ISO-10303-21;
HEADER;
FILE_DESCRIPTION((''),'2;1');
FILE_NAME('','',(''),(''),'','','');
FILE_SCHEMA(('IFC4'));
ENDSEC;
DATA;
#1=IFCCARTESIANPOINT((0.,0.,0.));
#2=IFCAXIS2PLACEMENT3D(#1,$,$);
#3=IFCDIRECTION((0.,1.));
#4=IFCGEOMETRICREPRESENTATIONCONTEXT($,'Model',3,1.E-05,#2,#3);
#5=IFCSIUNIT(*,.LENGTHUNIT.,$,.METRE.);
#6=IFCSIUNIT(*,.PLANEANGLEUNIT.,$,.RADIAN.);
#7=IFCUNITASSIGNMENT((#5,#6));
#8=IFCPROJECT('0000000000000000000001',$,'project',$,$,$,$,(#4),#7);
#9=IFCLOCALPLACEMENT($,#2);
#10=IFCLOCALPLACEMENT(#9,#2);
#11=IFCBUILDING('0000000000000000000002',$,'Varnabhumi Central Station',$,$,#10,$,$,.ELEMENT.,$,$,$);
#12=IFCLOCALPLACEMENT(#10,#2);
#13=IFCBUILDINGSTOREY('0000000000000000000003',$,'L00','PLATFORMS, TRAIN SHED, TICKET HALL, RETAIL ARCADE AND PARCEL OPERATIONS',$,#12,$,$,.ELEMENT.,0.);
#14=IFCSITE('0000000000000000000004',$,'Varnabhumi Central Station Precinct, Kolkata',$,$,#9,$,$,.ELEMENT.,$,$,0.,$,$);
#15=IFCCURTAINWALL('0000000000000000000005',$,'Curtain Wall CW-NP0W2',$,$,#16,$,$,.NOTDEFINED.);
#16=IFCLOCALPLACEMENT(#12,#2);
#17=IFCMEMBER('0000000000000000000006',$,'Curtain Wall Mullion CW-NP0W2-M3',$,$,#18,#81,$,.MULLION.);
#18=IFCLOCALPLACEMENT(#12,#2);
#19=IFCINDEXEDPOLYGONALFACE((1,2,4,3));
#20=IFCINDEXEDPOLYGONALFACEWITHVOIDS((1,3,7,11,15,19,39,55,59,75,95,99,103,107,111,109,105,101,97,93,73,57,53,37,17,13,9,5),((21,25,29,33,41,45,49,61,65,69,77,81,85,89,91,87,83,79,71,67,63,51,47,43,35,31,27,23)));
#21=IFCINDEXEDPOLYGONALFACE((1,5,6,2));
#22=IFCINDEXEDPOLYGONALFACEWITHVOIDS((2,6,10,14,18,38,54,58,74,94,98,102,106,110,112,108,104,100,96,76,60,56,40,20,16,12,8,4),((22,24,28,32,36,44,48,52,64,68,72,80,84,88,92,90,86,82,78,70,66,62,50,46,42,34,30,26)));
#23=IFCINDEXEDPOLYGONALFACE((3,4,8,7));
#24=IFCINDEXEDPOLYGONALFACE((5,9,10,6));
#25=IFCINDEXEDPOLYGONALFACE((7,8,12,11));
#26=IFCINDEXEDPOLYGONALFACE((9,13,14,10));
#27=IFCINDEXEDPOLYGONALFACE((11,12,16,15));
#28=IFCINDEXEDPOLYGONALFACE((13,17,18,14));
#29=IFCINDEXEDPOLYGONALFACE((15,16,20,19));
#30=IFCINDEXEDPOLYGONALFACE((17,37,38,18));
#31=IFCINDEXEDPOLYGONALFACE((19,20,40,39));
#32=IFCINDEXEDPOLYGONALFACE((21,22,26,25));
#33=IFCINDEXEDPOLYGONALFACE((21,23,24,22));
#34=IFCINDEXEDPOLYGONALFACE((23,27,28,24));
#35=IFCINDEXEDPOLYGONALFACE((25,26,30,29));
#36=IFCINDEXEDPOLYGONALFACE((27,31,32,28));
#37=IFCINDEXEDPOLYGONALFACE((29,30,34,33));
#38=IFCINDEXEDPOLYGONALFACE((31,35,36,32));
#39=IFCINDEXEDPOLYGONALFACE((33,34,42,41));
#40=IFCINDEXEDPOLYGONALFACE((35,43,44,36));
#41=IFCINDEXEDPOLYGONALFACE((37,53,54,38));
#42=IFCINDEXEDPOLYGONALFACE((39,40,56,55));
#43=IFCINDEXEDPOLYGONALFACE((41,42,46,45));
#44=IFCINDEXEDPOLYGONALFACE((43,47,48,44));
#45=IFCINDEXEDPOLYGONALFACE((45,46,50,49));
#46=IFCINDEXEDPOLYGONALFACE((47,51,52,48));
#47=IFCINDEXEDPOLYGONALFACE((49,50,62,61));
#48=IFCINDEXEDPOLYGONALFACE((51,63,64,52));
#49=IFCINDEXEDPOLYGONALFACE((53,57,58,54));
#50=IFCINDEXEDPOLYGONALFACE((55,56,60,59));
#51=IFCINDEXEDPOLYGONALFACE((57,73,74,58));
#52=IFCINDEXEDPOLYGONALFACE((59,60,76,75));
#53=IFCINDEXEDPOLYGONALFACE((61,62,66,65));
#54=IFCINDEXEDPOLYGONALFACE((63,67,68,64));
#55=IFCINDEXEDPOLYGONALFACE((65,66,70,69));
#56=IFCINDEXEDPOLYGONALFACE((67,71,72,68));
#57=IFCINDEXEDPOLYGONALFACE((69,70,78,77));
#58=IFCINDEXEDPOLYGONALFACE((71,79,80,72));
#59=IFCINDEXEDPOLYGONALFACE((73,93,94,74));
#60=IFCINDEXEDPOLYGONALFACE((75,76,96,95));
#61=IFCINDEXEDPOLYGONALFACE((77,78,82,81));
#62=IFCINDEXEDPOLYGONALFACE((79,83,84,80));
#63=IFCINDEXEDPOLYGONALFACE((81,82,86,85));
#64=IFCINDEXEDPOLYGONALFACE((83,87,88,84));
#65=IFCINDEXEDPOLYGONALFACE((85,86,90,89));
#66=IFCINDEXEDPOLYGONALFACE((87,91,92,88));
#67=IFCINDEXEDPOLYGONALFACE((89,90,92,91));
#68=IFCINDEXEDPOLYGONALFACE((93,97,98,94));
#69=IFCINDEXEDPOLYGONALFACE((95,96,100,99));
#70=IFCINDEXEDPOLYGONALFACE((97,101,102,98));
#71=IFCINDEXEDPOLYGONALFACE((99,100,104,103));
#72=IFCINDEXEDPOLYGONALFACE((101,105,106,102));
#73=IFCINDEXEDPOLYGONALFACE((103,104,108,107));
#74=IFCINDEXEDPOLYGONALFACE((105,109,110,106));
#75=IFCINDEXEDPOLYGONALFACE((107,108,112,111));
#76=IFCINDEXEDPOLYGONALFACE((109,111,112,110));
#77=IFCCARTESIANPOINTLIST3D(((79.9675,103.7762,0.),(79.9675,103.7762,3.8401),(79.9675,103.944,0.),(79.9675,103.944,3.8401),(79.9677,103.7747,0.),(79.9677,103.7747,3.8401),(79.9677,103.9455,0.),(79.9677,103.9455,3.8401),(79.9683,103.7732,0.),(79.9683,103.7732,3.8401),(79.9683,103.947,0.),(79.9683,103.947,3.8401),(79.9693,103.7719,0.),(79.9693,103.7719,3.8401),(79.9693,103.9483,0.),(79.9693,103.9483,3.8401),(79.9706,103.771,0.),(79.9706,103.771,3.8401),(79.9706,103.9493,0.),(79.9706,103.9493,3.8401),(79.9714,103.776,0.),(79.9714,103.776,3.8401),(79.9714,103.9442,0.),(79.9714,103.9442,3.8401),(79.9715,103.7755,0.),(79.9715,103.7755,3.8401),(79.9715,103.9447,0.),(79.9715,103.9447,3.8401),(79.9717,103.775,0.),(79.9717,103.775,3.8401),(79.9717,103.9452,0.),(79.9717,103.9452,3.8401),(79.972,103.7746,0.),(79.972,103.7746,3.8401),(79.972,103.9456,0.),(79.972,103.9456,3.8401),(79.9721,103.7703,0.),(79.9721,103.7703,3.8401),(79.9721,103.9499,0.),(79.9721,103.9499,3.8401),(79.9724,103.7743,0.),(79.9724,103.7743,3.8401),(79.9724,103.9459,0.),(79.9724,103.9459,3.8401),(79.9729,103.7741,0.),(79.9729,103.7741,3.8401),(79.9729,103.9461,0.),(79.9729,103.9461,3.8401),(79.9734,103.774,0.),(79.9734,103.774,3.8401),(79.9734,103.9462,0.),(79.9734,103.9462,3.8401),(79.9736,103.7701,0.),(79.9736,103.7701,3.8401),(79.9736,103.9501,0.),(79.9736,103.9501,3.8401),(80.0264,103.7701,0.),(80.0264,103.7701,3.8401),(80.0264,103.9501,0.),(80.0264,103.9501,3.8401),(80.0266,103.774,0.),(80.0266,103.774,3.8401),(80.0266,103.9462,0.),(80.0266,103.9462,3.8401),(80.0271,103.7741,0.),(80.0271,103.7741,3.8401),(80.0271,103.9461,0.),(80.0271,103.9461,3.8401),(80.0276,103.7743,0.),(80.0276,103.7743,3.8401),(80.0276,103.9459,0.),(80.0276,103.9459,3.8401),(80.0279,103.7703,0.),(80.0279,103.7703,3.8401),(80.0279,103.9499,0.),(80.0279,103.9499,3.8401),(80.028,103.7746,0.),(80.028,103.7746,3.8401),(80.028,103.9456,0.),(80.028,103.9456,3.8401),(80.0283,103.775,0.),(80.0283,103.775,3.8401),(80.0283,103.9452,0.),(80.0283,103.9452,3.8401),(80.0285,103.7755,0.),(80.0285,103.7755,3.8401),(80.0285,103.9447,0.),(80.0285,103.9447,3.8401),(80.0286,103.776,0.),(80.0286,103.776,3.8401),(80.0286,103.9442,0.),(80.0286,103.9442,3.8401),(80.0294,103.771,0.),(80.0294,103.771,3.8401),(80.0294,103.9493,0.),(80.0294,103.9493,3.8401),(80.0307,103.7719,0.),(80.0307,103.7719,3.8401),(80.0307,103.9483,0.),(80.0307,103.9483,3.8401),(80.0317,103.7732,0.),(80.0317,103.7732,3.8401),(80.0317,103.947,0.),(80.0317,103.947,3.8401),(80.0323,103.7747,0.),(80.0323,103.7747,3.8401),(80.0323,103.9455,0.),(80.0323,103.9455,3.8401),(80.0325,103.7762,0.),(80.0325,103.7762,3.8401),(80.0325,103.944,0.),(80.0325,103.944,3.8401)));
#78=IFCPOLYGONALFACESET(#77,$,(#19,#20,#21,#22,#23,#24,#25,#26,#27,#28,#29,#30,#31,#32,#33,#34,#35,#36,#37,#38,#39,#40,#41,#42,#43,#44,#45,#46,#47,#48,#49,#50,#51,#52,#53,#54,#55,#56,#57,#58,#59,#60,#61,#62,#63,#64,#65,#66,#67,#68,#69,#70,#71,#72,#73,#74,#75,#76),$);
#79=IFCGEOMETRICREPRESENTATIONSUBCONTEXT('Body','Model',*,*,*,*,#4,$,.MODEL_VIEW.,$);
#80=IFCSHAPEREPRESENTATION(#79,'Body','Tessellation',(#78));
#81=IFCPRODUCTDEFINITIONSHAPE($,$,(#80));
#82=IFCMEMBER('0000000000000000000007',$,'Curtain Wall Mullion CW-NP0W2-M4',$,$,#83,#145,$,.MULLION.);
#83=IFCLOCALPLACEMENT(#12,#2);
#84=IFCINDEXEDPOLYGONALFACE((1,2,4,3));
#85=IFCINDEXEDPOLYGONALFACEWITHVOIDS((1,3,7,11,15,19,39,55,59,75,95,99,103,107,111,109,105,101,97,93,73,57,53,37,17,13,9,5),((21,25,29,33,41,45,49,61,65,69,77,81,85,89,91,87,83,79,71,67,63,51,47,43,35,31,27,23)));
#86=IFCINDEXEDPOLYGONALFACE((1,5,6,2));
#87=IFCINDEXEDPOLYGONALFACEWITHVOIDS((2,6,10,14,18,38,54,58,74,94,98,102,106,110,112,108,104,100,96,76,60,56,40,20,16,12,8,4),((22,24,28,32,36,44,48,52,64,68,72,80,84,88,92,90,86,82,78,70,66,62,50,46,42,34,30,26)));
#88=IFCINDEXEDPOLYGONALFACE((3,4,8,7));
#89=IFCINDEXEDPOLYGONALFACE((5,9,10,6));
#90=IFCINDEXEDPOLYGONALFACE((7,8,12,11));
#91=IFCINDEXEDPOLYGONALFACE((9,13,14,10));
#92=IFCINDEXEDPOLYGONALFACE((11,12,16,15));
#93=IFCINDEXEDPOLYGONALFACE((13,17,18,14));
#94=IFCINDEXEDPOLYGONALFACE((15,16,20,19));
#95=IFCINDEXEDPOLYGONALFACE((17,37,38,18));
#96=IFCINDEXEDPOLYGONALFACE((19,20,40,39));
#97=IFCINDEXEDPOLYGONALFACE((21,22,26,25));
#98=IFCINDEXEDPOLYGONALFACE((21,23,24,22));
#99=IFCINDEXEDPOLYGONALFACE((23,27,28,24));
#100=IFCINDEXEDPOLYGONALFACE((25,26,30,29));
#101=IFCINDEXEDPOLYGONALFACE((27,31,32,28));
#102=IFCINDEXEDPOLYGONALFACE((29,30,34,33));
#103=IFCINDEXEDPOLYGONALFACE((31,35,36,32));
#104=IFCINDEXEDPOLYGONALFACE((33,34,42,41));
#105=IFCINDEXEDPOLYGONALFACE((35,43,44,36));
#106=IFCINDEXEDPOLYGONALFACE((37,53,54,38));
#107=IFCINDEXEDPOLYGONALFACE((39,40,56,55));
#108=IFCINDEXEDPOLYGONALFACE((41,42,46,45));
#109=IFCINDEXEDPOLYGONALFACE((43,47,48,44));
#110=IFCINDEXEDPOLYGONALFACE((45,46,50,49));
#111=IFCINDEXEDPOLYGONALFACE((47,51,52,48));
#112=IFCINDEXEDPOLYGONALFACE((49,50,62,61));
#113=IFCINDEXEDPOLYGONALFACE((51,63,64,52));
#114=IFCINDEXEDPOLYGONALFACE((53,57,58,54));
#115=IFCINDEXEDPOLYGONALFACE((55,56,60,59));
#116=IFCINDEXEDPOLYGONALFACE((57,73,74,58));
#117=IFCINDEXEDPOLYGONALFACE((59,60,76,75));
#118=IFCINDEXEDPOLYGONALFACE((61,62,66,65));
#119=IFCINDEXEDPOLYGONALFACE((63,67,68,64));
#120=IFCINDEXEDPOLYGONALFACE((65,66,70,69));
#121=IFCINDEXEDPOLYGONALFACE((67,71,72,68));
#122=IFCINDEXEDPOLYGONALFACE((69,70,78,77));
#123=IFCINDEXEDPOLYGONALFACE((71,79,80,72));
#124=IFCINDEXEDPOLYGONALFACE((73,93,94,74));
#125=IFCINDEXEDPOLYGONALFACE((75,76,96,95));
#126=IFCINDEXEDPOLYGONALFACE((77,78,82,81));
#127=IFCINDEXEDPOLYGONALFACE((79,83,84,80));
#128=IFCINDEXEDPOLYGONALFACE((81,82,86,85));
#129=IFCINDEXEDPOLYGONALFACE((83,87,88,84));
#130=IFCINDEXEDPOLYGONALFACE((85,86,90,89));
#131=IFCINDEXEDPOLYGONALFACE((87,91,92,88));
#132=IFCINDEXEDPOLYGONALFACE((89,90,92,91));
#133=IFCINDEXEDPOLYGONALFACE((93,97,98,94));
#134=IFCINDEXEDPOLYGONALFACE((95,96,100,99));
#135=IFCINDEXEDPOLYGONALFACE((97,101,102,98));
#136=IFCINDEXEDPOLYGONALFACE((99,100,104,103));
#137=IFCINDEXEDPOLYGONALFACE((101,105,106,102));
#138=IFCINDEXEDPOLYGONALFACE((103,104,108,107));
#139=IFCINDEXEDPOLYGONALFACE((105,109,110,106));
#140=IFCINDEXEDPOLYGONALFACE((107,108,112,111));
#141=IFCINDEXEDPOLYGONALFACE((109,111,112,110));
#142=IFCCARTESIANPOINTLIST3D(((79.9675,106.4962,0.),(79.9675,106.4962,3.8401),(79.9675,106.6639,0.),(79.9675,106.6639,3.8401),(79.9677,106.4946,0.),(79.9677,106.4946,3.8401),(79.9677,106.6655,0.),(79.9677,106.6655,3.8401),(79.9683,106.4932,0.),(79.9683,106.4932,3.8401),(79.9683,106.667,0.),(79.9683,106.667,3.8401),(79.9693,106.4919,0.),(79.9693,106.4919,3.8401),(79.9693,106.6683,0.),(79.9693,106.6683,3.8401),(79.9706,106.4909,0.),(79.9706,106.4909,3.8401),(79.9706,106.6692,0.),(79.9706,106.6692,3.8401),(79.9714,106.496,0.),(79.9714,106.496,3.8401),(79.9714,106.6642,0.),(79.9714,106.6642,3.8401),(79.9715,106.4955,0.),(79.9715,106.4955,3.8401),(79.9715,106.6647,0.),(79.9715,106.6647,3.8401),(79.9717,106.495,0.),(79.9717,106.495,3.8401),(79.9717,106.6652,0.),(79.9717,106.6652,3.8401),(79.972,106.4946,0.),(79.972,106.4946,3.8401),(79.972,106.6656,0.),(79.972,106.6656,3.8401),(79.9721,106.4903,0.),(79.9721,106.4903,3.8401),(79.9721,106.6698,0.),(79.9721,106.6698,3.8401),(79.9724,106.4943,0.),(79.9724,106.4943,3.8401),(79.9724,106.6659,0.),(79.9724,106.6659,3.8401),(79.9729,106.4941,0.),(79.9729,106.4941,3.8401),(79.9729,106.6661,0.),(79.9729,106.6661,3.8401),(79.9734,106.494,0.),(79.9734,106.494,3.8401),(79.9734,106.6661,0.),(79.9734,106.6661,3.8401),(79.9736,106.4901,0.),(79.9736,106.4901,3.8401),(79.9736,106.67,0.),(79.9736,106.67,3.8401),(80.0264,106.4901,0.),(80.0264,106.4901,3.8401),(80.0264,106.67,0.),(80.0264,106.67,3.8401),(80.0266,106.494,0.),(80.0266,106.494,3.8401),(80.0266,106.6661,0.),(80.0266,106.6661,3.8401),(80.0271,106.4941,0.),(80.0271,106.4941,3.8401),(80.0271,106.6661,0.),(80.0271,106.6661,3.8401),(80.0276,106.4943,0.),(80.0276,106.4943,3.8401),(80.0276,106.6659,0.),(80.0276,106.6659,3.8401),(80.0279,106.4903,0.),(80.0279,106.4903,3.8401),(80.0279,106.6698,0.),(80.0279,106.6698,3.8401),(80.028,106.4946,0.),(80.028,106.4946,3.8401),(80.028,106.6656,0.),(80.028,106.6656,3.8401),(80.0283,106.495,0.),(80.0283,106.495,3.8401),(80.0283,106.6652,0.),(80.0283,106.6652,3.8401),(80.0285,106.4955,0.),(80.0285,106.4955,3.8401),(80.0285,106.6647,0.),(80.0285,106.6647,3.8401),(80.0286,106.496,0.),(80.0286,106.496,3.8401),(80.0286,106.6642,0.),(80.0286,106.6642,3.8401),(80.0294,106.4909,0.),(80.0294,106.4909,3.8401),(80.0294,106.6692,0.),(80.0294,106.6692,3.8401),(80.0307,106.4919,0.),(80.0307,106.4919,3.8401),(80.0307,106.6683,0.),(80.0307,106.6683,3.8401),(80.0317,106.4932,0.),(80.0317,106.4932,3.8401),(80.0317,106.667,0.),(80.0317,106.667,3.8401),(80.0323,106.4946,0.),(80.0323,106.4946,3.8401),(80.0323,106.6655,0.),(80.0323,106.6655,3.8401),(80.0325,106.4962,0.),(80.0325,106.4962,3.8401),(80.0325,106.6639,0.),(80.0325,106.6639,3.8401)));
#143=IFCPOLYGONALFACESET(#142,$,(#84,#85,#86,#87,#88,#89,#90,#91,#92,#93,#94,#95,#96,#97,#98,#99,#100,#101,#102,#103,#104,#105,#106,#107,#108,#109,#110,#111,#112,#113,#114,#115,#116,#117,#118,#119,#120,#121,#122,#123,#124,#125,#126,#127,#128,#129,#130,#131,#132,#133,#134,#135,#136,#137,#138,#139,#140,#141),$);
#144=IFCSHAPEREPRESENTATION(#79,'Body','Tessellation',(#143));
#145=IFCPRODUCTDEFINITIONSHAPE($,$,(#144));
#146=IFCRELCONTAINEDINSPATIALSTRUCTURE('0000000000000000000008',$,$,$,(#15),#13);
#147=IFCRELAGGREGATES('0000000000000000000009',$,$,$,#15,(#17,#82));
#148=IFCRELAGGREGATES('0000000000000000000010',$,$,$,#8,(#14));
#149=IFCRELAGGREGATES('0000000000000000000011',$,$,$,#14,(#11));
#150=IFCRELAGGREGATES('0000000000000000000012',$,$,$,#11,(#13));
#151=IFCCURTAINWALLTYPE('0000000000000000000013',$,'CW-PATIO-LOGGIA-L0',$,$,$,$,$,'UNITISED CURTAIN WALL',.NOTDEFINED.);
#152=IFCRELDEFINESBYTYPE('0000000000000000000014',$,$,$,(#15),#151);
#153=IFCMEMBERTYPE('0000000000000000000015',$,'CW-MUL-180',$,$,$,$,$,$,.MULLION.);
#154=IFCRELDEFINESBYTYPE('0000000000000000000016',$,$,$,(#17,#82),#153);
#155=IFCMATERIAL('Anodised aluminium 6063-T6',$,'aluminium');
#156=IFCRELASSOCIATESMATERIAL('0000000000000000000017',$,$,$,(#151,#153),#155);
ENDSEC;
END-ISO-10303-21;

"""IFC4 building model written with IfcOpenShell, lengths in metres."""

from ifc_helpers import new_model, si_unit, direction, frame, origin, origin_2d, place, context, subcontext, project, spatial, hollow_rectangle, extrude, material, material_profile, profile_set, type_object, element, aggregate, save


model = new_model("IFC4")

# Units and contexts
model_context = context("Model", 3, precision=1e-05, world=origin(), true_north=direction((0.0, 1.0)))
body_context = subcontext(model_context, "Body", "Model", "MODEL_VIEW")
ifc_project = project(units=[si_unit("LENGTHUNIT", "METRE"), si_unit("PLANEANGLEUNIT", "RADIAN")], contexts=[model_context])

# Site, building, storey
site_placement = place(None, origin())
site = spatial("IfcSite", under=ifc_project, at=site_placement, Name="Varnabhumi Central Station Precinct, Kolkata", CompositionType="ELEMENT", RefElevation=0.0)
building_placement = place(site_placement, origin())
building = spatial("IfcBuilding", under=site, at=building_placement, Name="Varnabhumi Central Station", CompositionType="ELEMENT")
storey_placement = place(building_placement, origin())
storey = spatial("IfcBuildingStorey", under=building, at=storey_placement, Name="L00", Description="PLATFORMS, TRAIN SHED, TICKET HALL, RETAIL ARCADE AND PARCEL OPERATIONS", CompositionType="ELEMENT", Elevation=0.0)

# Curtain wall, members
ifc_material_1 = material(Name="Anodised aluminium 6063-T6", Category="aluminium")
curtain_wall_type = type_object("IfcCurtainWallType", Name="CW-PATIO-LOGGIA-L0", ElementType="UNITISED CURTAIN WALL", PredefinedType="NOTDEFINED", material=ifc_material_1)
curtain_wall_1_placement = place(storey_placement, origin())
curtain_wall_1 = element("IfcCurtainWall", 1, at=curtain_wall_1_placement, inside=storey, type_object=curtain_wall_type, Name="Curtain Wall CW-NP0W2", PredefinedType="NOTDEFINED")
ifc_material_profile_1 = material_profile(ifc_material_1, hollow_rectangle(XDim=0.0649, YDim=0.1799, WallThickness=0.0039, InnerFilletRadius=0.002, OuterFilletRadius=0.0061, at=origin_2d()), Name="Anodised aluminium 6063-T6", Category="aluminium")
ifc_profile_set_1 = profile_set([ifc_material_profile_1], Name="Anodised aluminium 6063-T6")
member_type_1 = type_object("IfcMemberType", Name="CW-MUL-180", PredefinedType="MULLION", material=ifc_profile_set_1)
member_1_placement = place(storey_placement, frame((80.0, 103.8601, 0.0), z_axis=(0.0, 0.0, 1.0), x_axis=(1.0, 0.0, 0.0)))
member_1 = element("IfcMember", 2, at=member_1_placement, type_object=member_type_1, Name="Curtain Wall Mullion CW-NP0W2-M3", PredefinedType="MULLION", context=body_context, shape_type="SweptSolid", body=[
    extrude(hollow_rectangle(XDim=0.0649, YDim=0.1799, WallThickness=0.0039, InnerFilletRadius=0.002, OuterFilletRadius=0.0061, at=origin_2d()), origin(), (0.0, 0.0, 1.0), 3.8401),
])
member_2_placement = place(storey_placement, frame((80.0, 106.5801, 0.0), z_axis=(0.0, 0.0, 1.0), x_axis=(1.0, 0.0, 0.0)))
member_2 = element("IfcMember", 3, at=member_2_placement, type_object=member_type_1, Name="Curtain Wall Mullion CW-NP0W2-M4", PredefinedType="MULLION", context=body_context, shape_type="SweptSolid", body=[
    extrude(hollow_rectangle(XDim=0.0649, YDim=0.1799, WallThickness=0.0039, InnerFilletRadius=0.002, OuterFilletRadius=0.0061, at=origin_2d()), origin(), (0.0, 0.0, 1.0), 3.8401),
])

aggregate(curtain_wall_1, [member_1, member_2])

save(model, "model.ifc")
